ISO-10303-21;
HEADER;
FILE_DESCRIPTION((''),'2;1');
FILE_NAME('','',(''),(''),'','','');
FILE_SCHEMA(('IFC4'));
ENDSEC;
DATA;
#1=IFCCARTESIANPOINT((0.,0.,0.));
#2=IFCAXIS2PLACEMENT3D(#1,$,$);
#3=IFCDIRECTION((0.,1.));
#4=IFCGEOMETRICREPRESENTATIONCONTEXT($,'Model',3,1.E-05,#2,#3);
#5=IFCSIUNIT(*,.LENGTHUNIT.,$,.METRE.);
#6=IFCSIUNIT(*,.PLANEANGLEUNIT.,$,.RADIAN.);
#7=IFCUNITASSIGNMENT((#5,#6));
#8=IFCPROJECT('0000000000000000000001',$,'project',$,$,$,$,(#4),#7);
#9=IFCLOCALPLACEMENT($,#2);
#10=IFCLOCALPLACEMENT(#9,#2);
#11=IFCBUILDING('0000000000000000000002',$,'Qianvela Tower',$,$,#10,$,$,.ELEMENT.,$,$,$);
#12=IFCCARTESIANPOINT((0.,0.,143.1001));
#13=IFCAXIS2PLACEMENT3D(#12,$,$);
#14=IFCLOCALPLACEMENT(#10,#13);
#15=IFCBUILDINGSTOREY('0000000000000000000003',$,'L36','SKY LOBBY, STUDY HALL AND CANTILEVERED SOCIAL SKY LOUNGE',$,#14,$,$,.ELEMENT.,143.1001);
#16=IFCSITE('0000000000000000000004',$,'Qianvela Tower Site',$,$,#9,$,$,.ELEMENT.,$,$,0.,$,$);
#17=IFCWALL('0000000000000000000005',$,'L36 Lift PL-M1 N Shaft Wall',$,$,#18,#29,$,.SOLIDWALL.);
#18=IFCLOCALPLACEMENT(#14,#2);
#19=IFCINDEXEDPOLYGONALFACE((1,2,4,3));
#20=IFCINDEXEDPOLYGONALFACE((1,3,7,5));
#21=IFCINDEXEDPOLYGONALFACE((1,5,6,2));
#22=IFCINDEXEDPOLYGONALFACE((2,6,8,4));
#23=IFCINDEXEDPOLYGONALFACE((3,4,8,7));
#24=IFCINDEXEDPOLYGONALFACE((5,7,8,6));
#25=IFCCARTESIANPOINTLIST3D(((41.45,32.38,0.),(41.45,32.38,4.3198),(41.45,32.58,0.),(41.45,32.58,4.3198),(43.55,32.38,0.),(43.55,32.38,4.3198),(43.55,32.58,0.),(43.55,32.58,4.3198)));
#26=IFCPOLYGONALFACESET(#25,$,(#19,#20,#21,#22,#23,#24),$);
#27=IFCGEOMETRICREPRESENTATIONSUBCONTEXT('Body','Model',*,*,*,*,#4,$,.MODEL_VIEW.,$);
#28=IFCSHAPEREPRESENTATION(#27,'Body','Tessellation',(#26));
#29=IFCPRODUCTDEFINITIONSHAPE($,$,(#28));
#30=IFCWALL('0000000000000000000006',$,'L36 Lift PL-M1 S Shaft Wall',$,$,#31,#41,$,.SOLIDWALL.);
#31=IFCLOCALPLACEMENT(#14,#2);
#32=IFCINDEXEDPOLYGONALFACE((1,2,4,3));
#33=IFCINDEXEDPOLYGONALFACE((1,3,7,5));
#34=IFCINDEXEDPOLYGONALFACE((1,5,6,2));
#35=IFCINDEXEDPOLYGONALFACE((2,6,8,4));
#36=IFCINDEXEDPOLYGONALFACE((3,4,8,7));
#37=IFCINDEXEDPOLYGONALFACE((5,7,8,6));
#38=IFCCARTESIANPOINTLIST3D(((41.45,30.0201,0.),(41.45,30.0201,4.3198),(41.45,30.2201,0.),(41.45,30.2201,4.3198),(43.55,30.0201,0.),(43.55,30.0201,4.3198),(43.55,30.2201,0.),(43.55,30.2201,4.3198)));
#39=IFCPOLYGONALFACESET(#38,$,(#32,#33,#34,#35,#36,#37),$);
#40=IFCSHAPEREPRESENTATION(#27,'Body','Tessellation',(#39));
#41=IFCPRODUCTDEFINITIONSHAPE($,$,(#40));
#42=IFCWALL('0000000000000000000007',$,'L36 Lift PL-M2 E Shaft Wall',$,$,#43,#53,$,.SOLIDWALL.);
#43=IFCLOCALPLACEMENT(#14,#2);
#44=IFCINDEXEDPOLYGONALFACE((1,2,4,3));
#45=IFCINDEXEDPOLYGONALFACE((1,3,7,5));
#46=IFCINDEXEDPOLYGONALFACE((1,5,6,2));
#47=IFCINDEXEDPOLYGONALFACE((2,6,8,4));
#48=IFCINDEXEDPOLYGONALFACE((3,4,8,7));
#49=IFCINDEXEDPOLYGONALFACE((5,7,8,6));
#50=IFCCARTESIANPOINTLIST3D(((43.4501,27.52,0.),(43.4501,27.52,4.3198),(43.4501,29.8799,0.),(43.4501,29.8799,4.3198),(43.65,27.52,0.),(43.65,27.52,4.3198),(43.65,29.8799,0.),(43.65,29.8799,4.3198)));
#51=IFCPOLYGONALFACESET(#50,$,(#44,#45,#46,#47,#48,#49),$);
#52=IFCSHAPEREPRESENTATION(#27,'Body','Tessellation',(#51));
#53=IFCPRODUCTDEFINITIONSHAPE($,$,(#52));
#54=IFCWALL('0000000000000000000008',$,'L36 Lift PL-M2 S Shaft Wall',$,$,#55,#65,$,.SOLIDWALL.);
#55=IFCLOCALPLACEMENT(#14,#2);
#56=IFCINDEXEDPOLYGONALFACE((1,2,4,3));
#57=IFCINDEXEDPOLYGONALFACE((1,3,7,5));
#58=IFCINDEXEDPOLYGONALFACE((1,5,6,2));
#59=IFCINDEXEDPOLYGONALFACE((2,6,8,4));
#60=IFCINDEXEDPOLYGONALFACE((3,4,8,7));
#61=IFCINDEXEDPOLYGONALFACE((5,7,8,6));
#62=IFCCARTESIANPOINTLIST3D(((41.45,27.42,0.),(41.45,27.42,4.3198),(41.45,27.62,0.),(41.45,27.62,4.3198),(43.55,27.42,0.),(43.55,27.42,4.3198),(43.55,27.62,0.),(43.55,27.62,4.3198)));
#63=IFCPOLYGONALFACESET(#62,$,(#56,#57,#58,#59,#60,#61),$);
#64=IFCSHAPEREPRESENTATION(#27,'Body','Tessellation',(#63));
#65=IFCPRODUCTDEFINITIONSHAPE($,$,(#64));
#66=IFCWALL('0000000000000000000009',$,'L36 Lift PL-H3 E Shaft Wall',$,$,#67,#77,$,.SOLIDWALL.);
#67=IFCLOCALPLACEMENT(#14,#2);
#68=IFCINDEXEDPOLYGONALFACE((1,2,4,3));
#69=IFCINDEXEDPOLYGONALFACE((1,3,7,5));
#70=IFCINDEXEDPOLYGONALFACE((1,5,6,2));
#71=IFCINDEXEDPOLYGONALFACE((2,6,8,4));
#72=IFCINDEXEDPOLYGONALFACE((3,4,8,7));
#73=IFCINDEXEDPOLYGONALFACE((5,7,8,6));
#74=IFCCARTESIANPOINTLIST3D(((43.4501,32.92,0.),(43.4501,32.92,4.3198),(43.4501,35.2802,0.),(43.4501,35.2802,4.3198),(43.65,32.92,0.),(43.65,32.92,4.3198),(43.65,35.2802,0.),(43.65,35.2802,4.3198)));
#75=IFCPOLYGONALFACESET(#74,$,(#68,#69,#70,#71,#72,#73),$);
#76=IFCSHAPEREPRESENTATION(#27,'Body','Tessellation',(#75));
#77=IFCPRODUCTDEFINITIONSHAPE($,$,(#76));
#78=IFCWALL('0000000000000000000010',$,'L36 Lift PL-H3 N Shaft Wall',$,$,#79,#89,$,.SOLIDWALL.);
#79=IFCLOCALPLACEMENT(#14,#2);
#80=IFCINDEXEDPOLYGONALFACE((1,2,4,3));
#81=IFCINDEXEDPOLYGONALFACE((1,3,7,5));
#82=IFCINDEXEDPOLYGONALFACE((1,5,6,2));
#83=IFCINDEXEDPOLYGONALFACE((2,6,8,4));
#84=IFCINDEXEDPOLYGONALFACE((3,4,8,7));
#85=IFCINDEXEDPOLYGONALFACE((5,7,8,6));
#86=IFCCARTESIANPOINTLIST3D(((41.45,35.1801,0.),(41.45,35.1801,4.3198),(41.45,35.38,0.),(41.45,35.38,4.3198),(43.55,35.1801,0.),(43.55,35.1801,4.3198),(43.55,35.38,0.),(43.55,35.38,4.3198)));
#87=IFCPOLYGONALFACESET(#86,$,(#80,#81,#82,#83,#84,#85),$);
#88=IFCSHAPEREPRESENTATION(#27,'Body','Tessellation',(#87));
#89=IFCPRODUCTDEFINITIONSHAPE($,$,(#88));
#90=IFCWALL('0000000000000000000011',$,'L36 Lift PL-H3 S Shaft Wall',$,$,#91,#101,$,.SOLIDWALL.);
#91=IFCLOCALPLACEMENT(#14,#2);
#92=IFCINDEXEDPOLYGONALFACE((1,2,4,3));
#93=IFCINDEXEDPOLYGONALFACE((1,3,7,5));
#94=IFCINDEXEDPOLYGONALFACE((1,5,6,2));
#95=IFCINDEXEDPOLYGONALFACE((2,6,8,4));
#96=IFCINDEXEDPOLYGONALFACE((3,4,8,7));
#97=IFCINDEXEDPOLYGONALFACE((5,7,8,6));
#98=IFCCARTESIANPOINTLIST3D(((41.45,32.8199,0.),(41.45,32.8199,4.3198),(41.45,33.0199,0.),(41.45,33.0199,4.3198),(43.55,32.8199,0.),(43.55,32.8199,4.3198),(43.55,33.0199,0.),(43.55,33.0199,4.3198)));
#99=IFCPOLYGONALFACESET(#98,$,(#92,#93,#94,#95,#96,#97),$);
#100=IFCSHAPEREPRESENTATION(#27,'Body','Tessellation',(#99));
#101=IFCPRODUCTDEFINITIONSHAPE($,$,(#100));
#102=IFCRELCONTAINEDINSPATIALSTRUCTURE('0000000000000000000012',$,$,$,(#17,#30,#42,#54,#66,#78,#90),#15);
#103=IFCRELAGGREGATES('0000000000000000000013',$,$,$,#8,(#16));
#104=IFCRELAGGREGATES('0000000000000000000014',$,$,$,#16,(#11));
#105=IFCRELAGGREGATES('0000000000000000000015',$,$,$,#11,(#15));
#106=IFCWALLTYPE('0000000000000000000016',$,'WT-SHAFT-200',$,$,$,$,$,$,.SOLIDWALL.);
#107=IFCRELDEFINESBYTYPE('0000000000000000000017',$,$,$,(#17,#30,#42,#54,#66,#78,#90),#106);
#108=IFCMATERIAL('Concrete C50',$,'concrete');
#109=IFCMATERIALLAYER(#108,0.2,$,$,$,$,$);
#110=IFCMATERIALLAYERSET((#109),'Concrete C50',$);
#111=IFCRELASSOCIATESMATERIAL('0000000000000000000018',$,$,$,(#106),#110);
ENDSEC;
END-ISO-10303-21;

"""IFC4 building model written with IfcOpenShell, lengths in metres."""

from ifc_helpers import new_model, si_unit, direction, frame, frame_2d, origin, place, context, subcontext, project, spatial, rectangle, extrude, material, layer, layer_set, type_object, element, save


model = new_model("IFC4")

# Units and contexts
model_context = context("Model", 3, precision=1e-05, world=origin(), true_north=direction((0.0, 1.0)))
body_context = subcontext(model_context, "Body", "Model", "MODEL_VIEW")
ifc_project = project(units=[si_unit("LENGTHUNIT", "METRE"), si_unit("PLANEANGLEUNIT", "RADIAN")], contexts=[model_context])

# Site, building, storey
site_placement = place(None, origin())
site = spatial("IfcSite", under=ifc_project, at=site_placement, Name="Qianvela Tower Site", CompositionType="ELEMENT", RefElevation=0.0)
building_placement = place(site_placement, origin())
building = spatial("IfcBuilding", under=site, at=building_placement, Name="Qianvela Tower", CompositionType="ELEMENT")
storey_placement = place(building_placement, frame((0.0, 0.0, 143.1001)))
storey = spatial("IfcBuildingStorey", under=building, at=storey_placement, Name="L36", Description="SKY LOBBY, STUDY HALL AND CANTILEVERED SOCIAL SKY LOUNGE", CompositionType="ELEMENT", Elevation=143.1001)

# Shared definitions
ifc_material_1 = material(Name="Concrete C50", Category="concrete")
ifc_layer_1 = layer(ifc_material_1, 0.2)
ifc_layer_set_1 = layer_set([ifc_layer_1], Name="Concrete C50")
wall_type_1 = type_object("IfcWallType", Name="WT-SHAFT-200", PredefinedType="SOLIDWALL", material=ifc_layer_set_1)

# Walls
for number, where, z_axis, x_axis, name in (
    (1, (41.45, 32.48, 0.0), (0.0, 0.0, 1.0), (1.0, 0.0, 0.0), "L36 Lift PL-M1 N Shaft Wall"),
    (2, (41.45, 30.1201, 0.0), (0.0, 0.0, 1.0), (1.0, 0.0, 0.0), "L36 Lift PL-M1 S Shaft Wall"),
):
    element("IfcWall", number, at=place(storey_placement, frame(where, z_axis=z_axis, x_axis=x_axis)), inside=storey, type_object=wall_type_1, Name=name, PredefinedType="SOLIDWALL", context=body_context, shape_type="SweptSolid", body=[
        extrude(rectangle(XDim=2.1001, YDim=0.2, at=frame_2d((1.05, 0.0))), origin(), (0.0, 0.0, 1.0), 4.3198),
    ])
wall_1_placement = place(storey_placement, frame((43.55, 27.52, 0.0), z_axis=(0.0, 0.0, 1.0), x_axis=(0.0, 1.0, 0.0)))
element("IfcWall", 3, at=wall_1_placement, inside=storey, type_object=wall_type_1, Name="L36 Lift PL-M2 E Shaft Wall", PredefinedType="SOLIDWALL", context=body_context, shape_type="SweptSolid", body=[
    extrude(rectangle(XDim=2.3599, YDim=0.2, at=frame_2d((1.1799, 0.0))), origin(), (0.0, 0.0, 1.0), 4.3198),
])
wall_2_placement = place(storey_placement, frame((41.45, 27.52, 0.0), z_axis=(0.0, 0.0, 1.0), x_axis=(1.0, 0.0, 0.0)))
element("IfcWall", 4, at=wall_2_placement, inside=storey, type_object=wall_type_1, Name="L36 Lift PL-M2 S Shaft Wall", PredefinedType="SOLIDWALL", context=body_context, shape_type="SweptSolid", body=[
    extrude(rectangle(XDim=2.1001, YDim=0.2, at=frame_2d((1.05, 0.0))), origin(), (0.0, 0.0, 1.0), 4.3198),
])
wall_3_placement = place(storey_placement, frame((43.55, 32.9199, 0.0), z_axis=(0.0, 0.0, 1.0), x_axis=(0.0, 1.0, 0.0)))
element("IfcWall", 5, at=wall_3_placement, inside=storey, type_object=wall_type_1, Name="L36 Lift PL-H3 E Shaft Wall", PredefinedType="SOLIDWALL", context=body_context, shape_type="SweptSolid", body=[
    extrude(rectangle(XDim=2.3601, YDim=0.2, at=frame_2d((1.1802, 0.0))), origin(), (0.0, 0.0, 1.0), 4.3198),
])

# Walls
for number, where, z_axis, x_axis, name in (
    (6, (41.45, 35.28, 0.0), (0.0, 0.0, 1.0), (1.0, 0.0, 0.0), "L36 Lift PL-H3 N Shaft Wall"),
    (7, (41.45, 32.9199, 0.0), (0.0, 0.0, 1.0), (1.0, 0.0, 0.0), "L36 Lift PL-H3 S Shaft Wall"),
):
    element("IfcWall", number, at=place(storey_placement, frame(where, z_axis=z_axis, x_axis=x_axis)), inside=storey, type_object=wall_type_1, Name=name, PredefinedType="SOLIDWALL", context=body_context, shape_type="SweptSolid", body=[
        extrude(rectangle(XDim=2.1001, YDim=0.2, at=frame_2d((1.05, 0.0))), origin(), (0.0, 0.0, 1.0), 4.3198),
    ])

save(model, "model.ifc")
